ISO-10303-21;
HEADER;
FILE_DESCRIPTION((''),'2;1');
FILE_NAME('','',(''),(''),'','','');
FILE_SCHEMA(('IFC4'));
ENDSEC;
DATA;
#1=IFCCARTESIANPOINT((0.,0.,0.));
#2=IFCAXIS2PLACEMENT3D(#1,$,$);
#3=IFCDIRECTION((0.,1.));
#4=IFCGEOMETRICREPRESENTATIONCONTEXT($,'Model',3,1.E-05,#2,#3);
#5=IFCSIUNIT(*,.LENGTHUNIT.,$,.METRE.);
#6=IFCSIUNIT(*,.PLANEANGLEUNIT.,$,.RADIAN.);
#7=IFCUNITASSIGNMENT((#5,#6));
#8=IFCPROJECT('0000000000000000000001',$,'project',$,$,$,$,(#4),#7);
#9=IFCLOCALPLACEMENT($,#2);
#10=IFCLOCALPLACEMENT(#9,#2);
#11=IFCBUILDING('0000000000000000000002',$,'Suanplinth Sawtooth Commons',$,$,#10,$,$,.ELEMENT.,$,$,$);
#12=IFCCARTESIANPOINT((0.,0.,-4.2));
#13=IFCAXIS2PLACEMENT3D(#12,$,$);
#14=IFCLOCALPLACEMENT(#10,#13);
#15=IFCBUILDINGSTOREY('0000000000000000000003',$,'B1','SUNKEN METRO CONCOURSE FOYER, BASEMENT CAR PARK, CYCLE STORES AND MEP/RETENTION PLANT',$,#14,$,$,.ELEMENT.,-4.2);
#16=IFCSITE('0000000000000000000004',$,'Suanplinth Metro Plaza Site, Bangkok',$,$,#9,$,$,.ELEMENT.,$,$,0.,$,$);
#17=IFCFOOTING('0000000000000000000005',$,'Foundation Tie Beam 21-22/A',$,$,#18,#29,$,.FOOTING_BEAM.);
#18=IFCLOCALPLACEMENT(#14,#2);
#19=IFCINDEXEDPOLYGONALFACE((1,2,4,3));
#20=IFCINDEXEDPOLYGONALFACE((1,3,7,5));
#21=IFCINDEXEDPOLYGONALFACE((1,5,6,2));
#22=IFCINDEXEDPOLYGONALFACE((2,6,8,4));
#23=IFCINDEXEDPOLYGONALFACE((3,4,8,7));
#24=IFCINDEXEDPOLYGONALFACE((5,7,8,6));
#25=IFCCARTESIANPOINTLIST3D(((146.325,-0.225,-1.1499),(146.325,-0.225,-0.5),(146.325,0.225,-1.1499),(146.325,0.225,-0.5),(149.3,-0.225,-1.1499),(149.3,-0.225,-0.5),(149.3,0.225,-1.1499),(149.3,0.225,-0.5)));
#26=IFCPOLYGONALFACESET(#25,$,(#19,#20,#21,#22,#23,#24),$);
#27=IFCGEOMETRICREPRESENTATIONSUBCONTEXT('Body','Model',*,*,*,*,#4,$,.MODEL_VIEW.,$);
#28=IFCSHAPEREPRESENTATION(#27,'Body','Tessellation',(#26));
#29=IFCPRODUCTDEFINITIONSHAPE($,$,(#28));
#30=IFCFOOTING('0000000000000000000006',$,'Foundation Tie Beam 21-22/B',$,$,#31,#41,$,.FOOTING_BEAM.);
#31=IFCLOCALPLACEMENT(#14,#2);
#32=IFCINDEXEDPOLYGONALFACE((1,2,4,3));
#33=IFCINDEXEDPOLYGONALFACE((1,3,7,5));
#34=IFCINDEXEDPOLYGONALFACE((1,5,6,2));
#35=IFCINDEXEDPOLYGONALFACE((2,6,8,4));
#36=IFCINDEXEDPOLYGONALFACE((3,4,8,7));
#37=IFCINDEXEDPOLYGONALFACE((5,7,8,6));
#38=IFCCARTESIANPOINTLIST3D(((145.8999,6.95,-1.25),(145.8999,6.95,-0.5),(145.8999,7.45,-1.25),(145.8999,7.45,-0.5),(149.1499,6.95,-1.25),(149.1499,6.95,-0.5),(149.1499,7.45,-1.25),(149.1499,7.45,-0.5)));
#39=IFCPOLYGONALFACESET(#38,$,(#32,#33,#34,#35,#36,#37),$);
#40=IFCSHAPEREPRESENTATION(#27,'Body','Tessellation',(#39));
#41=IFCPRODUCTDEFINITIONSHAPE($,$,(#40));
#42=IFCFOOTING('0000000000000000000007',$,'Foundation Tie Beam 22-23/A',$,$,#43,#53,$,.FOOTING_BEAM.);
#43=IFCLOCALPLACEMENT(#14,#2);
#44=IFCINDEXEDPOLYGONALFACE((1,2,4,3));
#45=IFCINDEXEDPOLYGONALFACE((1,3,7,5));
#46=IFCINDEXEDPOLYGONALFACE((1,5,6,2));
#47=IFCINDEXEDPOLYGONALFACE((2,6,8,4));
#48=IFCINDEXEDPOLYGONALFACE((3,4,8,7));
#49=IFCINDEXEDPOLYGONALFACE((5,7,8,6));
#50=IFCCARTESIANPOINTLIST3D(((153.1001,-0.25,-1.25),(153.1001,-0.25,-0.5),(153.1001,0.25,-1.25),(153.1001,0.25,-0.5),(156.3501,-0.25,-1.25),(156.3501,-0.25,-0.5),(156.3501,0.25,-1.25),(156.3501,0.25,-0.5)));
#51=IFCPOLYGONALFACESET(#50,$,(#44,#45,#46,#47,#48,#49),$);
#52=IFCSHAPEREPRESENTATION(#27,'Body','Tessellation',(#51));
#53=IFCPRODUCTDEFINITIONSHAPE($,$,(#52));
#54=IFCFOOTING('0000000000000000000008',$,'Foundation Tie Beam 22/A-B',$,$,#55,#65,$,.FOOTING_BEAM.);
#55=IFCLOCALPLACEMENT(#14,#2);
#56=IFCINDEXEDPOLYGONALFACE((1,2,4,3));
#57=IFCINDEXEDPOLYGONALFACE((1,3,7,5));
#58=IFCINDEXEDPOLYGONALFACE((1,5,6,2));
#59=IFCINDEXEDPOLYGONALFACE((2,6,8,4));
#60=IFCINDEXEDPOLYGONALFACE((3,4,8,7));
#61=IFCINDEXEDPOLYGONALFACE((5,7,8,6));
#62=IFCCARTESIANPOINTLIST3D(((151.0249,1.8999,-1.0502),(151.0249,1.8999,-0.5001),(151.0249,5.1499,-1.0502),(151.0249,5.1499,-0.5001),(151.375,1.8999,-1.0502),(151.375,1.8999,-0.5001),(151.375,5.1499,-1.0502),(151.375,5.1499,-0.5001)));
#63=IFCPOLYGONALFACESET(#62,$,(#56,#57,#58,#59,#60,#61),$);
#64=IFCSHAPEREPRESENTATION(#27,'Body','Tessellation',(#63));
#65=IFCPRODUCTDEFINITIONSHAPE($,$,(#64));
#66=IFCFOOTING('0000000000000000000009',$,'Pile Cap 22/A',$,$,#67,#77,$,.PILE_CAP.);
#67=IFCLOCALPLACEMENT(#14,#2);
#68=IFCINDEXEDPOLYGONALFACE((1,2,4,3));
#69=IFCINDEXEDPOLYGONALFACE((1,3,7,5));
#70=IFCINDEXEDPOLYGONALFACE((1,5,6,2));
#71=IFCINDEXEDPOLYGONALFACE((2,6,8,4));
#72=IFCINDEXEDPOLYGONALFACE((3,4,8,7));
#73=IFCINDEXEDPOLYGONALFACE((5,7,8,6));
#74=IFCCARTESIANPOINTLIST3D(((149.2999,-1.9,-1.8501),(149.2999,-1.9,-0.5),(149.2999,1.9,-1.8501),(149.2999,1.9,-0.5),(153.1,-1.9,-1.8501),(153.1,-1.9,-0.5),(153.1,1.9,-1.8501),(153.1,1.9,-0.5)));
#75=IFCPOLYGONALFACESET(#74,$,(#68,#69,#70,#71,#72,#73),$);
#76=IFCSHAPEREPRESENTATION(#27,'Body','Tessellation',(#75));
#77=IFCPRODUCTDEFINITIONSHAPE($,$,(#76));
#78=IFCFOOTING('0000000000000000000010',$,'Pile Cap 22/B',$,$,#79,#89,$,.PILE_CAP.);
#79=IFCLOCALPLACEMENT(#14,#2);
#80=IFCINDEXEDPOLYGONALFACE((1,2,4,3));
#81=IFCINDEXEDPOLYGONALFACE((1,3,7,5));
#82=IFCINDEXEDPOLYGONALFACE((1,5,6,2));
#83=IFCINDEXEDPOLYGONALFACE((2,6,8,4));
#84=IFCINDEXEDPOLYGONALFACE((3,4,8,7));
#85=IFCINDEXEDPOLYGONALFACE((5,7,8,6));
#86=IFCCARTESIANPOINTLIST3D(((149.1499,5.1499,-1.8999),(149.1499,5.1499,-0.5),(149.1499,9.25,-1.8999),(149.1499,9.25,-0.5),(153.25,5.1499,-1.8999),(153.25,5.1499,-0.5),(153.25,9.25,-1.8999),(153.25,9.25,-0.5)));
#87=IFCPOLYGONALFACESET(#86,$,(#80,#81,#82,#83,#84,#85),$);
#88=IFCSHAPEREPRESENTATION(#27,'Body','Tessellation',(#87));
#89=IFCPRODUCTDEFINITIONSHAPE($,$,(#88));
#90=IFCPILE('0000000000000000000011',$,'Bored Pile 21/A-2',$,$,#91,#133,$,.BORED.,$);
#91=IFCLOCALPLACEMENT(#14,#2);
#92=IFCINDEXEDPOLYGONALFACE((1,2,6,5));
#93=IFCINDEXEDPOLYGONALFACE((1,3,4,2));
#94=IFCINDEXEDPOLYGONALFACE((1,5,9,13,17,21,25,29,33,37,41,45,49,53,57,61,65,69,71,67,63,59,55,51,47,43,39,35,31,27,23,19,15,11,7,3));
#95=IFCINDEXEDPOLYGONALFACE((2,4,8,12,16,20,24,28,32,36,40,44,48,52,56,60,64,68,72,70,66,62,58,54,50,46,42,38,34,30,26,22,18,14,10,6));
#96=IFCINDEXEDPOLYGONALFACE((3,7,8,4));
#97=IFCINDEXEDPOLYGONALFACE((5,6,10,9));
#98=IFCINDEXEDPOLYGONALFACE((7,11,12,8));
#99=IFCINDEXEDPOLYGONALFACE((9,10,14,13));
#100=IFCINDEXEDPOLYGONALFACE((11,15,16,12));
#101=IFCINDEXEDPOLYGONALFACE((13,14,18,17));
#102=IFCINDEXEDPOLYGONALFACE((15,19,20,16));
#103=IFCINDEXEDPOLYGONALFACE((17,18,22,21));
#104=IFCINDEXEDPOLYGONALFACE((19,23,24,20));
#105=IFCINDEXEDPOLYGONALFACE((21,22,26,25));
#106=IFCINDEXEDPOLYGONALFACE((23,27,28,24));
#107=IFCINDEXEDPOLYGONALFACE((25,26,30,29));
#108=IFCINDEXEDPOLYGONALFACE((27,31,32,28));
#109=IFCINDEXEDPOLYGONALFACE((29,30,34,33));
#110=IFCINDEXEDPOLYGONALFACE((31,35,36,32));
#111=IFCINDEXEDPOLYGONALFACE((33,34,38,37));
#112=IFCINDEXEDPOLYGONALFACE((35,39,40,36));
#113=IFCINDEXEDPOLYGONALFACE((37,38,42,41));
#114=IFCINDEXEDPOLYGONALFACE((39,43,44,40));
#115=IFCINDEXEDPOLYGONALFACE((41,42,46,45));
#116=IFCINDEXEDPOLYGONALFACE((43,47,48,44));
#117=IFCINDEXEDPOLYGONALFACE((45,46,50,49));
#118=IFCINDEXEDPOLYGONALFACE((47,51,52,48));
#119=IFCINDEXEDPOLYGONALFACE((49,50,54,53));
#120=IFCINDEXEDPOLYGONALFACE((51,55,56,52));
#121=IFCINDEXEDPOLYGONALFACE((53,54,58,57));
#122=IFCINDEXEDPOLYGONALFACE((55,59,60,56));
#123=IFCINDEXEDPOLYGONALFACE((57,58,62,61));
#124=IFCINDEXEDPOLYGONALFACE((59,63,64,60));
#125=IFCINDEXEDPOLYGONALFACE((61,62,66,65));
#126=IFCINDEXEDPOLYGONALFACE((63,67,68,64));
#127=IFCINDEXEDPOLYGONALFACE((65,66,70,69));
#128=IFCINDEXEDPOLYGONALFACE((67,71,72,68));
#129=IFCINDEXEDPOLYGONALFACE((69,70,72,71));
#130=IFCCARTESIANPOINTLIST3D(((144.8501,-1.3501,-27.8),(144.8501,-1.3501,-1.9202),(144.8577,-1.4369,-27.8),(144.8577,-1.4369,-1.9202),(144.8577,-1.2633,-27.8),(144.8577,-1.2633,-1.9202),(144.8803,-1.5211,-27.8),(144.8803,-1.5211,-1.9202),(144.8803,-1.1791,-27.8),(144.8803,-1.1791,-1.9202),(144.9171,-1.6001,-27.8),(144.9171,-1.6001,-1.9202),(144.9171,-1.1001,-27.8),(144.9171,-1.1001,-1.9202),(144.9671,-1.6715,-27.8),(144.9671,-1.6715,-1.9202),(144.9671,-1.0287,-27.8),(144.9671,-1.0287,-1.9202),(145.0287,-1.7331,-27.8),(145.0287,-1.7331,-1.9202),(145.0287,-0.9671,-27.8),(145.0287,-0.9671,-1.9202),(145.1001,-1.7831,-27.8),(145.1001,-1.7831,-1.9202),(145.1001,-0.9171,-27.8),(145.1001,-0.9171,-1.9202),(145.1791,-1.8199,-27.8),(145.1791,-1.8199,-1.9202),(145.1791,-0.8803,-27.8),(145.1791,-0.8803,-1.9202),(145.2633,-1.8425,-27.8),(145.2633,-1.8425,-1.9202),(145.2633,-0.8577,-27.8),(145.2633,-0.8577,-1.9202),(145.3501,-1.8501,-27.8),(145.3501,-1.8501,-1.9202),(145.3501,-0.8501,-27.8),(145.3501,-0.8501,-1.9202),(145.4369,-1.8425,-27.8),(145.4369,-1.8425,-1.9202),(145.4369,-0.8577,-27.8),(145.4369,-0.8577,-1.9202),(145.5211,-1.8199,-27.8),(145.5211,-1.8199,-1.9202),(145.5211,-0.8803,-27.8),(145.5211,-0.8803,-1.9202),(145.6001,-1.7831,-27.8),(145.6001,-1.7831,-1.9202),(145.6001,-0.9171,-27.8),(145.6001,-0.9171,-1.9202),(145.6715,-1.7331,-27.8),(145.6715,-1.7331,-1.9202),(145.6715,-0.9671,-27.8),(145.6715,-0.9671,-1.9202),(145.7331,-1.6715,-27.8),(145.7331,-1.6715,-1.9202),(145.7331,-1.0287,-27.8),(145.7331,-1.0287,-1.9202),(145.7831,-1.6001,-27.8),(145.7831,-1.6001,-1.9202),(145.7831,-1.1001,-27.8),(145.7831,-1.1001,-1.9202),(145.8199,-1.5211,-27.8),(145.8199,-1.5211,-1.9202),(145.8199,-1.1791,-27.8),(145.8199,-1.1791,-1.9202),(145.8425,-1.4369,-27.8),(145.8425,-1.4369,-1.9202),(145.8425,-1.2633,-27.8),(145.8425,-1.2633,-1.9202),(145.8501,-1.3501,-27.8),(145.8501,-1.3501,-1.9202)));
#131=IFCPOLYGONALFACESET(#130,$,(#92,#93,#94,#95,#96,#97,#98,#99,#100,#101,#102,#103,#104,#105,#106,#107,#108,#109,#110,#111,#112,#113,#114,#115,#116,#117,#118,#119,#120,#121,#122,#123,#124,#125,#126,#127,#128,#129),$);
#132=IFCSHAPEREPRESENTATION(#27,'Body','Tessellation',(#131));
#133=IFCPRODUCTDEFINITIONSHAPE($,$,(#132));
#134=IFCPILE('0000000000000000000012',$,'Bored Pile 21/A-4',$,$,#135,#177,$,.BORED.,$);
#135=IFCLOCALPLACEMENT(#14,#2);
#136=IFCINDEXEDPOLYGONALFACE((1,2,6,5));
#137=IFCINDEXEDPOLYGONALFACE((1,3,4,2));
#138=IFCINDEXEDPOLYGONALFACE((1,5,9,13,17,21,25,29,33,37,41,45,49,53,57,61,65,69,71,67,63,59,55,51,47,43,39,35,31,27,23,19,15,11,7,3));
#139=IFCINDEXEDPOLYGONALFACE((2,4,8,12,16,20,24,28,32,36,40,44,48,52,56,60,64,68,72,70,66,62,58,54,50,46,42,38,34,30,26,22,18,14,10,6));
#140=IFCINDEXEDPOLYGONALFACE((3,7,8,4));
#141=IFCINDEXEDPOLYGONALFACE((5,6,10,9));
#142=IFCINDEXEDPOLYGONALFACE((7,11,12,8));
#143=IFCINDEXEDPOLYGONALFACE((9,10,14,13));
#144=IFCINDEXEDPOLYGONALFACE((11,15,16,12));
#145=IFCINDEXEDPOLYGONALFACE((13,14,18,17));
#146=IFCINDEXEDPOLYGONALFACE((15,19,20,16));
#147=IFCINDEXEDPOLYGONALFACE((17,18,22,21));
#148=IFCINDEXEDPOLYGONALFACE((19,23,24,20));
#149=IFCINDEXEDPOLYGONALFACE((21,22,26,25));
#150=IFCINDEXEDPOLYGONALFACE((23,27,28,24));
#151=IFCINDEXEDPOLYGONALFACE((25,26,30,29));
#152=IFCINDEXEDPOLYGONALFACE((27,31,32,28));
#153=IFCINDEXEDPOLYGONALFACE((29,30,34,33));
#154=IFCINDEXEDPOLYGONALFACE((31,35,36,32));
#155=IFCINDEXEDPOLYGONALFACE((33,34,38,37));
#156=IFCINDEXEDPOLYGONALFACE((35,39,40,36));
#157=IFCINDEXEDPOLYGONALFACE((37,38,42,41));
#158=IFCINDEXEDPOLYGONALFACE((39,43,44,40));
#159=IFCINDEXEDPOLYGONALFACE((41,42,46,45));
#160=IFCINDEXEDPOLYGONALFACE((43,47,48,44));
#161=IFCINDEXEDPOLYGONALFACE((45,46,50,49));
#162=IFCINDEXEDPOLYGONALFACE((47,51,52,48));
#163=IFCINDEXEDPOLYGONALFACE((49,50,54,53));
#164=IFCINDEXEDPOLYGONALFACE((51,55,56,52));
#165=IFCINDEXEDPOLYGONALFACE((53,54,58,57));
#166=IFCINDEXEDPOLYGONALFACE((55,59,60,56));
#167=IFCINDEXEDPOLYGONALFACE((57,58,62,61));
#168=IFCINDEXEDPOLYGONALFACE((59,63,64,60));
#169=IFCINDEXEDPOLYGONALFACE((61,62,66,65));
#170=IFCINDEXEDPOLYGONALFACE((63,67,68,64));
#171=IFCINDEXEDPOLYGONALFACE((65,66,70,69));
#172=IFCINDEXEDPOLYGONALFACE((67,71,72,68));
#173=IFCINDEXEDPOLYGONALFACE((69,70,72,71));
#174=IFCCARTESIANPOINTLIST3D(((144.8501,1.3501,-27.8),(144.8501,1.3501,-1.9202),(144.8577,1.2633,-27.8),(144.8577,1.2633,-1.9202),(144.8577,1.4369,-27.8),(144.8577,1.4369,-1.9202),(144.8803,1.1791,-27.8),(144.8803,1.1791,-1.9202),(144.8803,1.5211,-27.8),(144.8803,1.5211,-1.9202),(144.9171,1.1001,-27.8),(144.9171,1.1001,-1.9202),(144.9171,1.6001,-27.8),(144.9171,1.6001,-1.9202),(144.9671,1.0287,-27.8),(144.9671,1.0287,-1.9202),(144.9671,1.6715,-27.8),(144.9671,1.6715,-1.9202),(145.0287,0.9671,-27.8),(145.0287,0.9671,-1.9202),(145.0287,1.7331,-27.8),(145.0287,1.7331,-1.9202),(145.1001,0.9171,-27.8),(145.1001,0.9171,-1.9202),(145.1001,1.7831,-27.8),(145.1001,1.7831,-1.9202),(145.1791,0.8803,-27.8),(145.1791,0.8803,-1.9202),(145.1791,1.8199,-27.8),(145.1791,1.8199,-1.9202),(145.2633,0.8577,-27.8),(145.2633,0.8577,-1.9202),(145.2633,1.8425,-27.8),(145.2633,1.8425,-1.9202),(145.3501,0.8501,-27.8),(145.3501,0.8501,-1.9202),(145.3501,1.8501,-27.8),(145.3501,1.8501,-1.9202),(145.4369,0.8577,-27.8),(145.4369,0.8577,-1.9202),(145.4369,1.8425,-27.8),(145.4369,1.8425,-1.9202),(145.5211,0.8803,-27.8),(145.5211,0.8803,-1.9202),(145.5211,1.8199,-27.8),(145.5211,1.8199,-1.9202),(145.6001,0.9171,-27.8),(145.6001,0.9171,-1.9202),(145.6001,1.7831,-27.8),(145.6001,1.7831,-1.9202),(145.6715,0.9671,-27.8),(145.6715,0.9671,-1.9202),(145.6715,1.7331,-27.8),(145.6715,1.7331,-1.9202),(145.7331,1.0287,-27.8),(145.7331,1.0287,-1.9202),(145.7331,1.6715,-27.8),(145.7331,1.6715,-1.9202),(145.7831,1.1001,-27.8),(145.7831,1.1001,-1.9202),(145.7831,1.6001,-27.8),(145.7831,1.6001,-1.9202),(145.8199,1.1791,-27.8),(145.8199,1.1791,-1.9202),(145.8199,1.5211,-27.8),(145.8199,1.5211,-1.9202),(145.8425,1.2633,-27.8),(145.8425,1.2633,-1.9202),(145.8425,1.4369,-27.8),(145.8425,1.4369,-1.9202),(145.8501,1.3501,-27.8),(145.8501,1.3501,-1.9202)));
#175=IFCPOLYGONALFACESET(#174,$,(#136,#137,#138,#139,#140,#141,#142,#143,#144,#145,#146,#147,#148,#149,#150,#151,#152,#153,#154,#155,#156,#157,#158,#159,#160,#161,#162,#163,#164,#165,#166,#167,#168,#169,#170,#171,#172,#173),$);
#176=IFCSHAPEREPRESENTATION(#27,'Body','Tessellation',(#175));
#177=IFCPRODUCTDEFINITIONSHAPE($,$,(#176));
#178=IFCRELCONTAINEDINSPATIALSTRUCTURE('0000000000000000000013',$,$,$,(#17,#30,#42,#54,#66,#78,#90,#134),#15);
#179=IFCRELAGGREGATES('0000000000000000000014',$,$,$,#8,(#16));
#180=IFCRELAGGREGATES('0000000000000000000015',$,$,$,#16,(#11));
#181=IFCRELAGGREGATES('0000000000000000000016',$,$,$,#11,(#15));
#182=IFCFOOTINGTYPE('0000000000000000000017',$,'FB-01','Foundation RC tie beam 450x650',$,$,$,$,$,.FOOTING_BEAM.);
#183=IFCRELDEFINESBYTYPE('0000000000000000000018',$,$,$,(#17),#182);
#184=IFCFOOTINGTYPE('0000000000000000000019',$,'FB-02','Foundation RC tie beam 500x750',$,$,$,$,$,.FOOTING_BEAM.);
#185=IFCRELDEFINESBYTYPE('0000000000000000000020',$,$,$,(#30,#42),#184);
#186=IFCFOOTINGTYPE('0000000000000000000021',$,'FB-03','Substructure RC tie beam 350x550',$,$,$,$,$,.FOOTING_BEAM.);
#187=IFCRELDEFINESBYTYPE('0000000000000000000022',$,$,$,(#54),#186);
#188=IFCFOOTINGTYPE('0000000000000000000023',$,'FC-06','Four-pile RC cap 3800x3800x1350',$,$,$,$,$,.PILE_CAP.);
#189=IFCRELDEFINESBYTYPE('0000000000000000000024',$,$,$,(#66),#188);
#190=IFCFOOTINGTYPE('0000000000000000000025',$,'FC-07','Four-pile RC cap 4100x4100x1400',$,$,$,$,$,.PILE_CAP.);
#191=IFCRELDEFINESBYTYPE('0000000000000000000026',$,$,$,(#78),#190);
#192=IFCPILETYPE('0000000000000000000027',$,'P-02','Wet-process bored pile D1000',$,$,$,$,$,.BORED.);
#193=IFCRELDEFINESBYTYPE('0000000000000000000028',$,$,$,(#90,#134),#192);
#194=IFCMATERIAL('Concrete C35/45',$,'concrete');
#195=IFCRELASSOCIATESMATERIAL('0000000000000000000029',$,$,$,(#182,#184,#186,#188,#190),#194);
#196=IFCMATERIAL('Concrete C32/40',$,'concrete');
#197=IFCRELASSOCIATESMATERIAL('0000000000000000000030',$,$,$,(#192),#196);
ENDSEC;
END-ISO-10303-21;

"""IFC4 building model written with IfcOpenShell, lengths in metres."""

from ifc_helpers import new_model, si_unit, direction, frame, origin, origin_2d, place, context, subcontext, project, spatial, rectangle, circle, extrude, material, material_profile, profile_set, type_object, element, save


model = new_model("IFC4")

# Units and contexts
model_context = context("Model", 3, precision=1e-05, world=origin(), true_north=direction((0.0, 1.0)))
body_context = subcontext(model_context, "Body", "Model", "MODEL_VIEW")
ifc_project = project(units=[si_unit("LENGTHUNIT", "METRE"), si_unit("PLANEANGLEUNIT", "RADIAN")], contexts=[model_context])

# Site, building, storey
site_placement = place(None, origin())
site = spatial("IfcSite", under=ifc_project, at=site_placement, Name="Suanplinth Metro Plaza Site, Bangkok", CompositionType="ELEMENT", RefElevation=0.0)
building_placement = place(site_placement, origin())
building = spatial("IfcBuilding", under=site, at=building_placement, Name="Suanplinth Sawtooth Commons", CompositionType="ELEMENT")
storey_placement = place(building_placement, frame((0.0, 0.0, -4.2)))
storey = spatial("IfcBuildingStorey", under=building, at=storey_placement, Name="B1", Description="SUNKEN METRO CONCOURSE FOYER, BASEMENT CAR PARK, CYCLE STORES AND MEP/RETENTION PLANT", CompositionType="ELEMENT", Elevation=-4.2)

# Footings
ifc_material_1 = material(Name="Concrete C35/45", Category="concrete")
ifc_material_profile_1 = material_profile(ifc_material_1, rectangle(XDim=0.45, YDim=0.6499, at=origin_2d()), Name="PC-GDR 450x650")
ifc_profile_set_1 = profile_set([ifc_material_profile_1], Name="Concrete C35/45")
footing_type_1 = type_object("IfcFootingType", Name="FB-01", Description="Foundation RC tie beam 450x650", PredefinedType="FOOTING_BEAM", material=ifc_profile_set_1)
footing_1_placement = place(storey_placement, frame((146.325, 0.0, -0.825), z_axis=(1.0, 0.0, 0.0), x_axis=(0.0, 1.0, 0.0)))
element("IfcFooting", 1, at=footing_1_placement, inside=storey, type_object=footing_type_1, Name="Foundation Tie Beam 21-22/A", PredefinedType="FOOTING_BEAM", context=body_context, shape_type="SweptSolid", body=[
    extrude(rectangle(XDim=0.45, YDim=0.6499, at=origin_2d()), origin(), (0.0, 0.0, 1.0), 2.9751),
])
ifc_material_profile_2 = material_profile(ifc_material_1, rectangle(XDim=0.5, YDim=0.75, at=origin_2d()), Name="RC-GDR 500x750")
ifc_profile_set_2 = profile_set([ifc_material_profile_2], Name="Concrete C35/45")
footing_type_2 = type_object("IfcFootingType", Name="FB-02", Description="Foundation RC tie beam 500x750", PredefinedType="FOOTING_BEAM", material=ifc_profile_set_2)
for number, where, z_axis, x_axis, name in (
    (2, (145.8999, 7.2, -0.875), (1.0, 0.0, 0.0), (0.0, 1.0, 0.0), "Foundation Tie Beam 21-22/B"),
    (3, (153.1001, 0.0, -0.875), (1.0, 0.0, 0.0), (0.0, 1.0, 0.0), "Foundation Tie Beam 22-23/A"),
):
    element("IfcFooting", number, at=place(storey_placement, frame(where, z_axis=z_axis, x_axis=x_axis)), inside=storey, type_object=footing_type_2, Name=name, PredefinedType="FOOTING_BEAM", context=body_context, shape_type="SweptSolid", body=[
        extrude(rectangle(XDim=0.5, YDim=0.75, at=origin_2d()), origin(), (0.0, 0.0, 1.0), 3.25),
    ])
ifc_material_profile_3 = material_profile(ifc_material_1, rectangle(XDim=0.3501, YDim=0.55, at=origin_2d()), Name="PC-BM 350x550")
ifc_profile_set_3 = profile_set([ifc_material_profile_3], Name="Concrete C35/45")
footing_type_3 = type_object("IfcFootingType", Name="FB-03", Description="Substructure RC tie beam 350x550", PredefinedType="FOOTING_BEAM", material=ifc_profile_set_3)
footing_2_placement = place(storey_placement, frame((151.2, 1.8999, -0.7751), z_axis=(0.0, 1.0, 0.0), x_axis=(-1.0, 0.0, 0.0)))
element("IfcFooting", 4, at=footing_2_placement, inside=storey, type_object=footing_type_3, Name="Foundation Tie Beam 22/A-B", PredefinedType="FOOTING_BEAM", context=body_context, shape_type="SweptSolid", body=[
    extrude(rectangle(XDim=0.3501, YDim=0.55, at=origin_2d()), origin(), (0.0, 0.0, 1.0), 3.25),
])
footing_type_4 = type_object("IfcFootingType", Name="FC-06", Description="Four-pile RC cap 3800x3800x1350", PredefinedType="PILE_CAP", material=ifc_material_1)
footing_3_placement = place(storey_placement, frame((151.2, 0.0, -1.8501), z_axis=(0.0, 0.0, 1.0), x_axis=(1.0, 0.0, 0.0)))
element("IfcFooting", 5, at=footing_3_placement, inside=storey, type_object=footing_type_4, Name="Pile Cap 22/A", PredefinedType="PILE_CAP", context=body_context, shape_type="SweptSolid", body=[
    extrude(rectangle(XDim=3.8, YDim=3.8, at=origin_2d()), origin(), (0.0, 0.0, 1.0), 1.3501),
])
footing_type_5 = type_object("IfcFootingType", Name="FC-07", Description="Four-pile RC cap 4100x4100x1400", PredefinedType="PILE_CAP", material=ifc_material_1)
footing_4_placement = place(storey_placement, frame((151.2, 7.2, -1.8999), z_axis=(0.0, 0.0, 1.0), x_axis=(1.0, 0.0, 0.0)))
element("IfcFooting", 6, at=footing_4_placement, inside=storey, type_object=footing_type_5, Name="Pile Cap 22/B", PredefinedType="PILE_CAP", context=body_context, shape_type="SweptSolid", body=[
    extrude(rectangle(XDim=4.1001, YDim=4.1001, at=origin_2d()), origin(), (0.0, 0.0, 1.0), 1.3999),
])

# Piles
ifc_material_2 = material(Name="Concrete C32/40", Category="concrete")
ifc_material_profile_4 = material_profile(ifc_material_2, circle(Radius=0.5, at=origin_2d()), Name="PILE D1000")
ifc_profile_set_4 = profile_set([ifc_material_profile_4], Name="Concrete C32/40")
pile_type = type_object("IfcPileType", Name="P-02", Description="Wet-process bored pile D1000", PredefinedType="BORED", material=ifc_profile_set_4)
for number, where, z_axis, x_axis, name in (
    (7, (145.3501, -1.3501, -1.9202), (0.0, 0.0, -1.0), (1.0, 0.0, 0.0), "Bored Pile 21/A-2"),
    (8, (145.3501, 1.3501, -1.9202), (0.0, 0.0, -1.0), (1.0, 0.0, 0.0), "Bored Pile 21/A-4"),
):
    element("IfcPile", number, at=place(storey_placement, frame(where, z_axis=z_axis, x_axis=x_axis)), inside=storey, type_object=pile_type, Name=name, PredefinedType="BORED", context=body_context, shape_type="SweptSolid", body=[
        extrude(circle(Radius=0.5, at=origin_2d()), origin(), (0.0, 0.0, 1.0), 25.8799),
    ])

save(model, "model.ifc")
